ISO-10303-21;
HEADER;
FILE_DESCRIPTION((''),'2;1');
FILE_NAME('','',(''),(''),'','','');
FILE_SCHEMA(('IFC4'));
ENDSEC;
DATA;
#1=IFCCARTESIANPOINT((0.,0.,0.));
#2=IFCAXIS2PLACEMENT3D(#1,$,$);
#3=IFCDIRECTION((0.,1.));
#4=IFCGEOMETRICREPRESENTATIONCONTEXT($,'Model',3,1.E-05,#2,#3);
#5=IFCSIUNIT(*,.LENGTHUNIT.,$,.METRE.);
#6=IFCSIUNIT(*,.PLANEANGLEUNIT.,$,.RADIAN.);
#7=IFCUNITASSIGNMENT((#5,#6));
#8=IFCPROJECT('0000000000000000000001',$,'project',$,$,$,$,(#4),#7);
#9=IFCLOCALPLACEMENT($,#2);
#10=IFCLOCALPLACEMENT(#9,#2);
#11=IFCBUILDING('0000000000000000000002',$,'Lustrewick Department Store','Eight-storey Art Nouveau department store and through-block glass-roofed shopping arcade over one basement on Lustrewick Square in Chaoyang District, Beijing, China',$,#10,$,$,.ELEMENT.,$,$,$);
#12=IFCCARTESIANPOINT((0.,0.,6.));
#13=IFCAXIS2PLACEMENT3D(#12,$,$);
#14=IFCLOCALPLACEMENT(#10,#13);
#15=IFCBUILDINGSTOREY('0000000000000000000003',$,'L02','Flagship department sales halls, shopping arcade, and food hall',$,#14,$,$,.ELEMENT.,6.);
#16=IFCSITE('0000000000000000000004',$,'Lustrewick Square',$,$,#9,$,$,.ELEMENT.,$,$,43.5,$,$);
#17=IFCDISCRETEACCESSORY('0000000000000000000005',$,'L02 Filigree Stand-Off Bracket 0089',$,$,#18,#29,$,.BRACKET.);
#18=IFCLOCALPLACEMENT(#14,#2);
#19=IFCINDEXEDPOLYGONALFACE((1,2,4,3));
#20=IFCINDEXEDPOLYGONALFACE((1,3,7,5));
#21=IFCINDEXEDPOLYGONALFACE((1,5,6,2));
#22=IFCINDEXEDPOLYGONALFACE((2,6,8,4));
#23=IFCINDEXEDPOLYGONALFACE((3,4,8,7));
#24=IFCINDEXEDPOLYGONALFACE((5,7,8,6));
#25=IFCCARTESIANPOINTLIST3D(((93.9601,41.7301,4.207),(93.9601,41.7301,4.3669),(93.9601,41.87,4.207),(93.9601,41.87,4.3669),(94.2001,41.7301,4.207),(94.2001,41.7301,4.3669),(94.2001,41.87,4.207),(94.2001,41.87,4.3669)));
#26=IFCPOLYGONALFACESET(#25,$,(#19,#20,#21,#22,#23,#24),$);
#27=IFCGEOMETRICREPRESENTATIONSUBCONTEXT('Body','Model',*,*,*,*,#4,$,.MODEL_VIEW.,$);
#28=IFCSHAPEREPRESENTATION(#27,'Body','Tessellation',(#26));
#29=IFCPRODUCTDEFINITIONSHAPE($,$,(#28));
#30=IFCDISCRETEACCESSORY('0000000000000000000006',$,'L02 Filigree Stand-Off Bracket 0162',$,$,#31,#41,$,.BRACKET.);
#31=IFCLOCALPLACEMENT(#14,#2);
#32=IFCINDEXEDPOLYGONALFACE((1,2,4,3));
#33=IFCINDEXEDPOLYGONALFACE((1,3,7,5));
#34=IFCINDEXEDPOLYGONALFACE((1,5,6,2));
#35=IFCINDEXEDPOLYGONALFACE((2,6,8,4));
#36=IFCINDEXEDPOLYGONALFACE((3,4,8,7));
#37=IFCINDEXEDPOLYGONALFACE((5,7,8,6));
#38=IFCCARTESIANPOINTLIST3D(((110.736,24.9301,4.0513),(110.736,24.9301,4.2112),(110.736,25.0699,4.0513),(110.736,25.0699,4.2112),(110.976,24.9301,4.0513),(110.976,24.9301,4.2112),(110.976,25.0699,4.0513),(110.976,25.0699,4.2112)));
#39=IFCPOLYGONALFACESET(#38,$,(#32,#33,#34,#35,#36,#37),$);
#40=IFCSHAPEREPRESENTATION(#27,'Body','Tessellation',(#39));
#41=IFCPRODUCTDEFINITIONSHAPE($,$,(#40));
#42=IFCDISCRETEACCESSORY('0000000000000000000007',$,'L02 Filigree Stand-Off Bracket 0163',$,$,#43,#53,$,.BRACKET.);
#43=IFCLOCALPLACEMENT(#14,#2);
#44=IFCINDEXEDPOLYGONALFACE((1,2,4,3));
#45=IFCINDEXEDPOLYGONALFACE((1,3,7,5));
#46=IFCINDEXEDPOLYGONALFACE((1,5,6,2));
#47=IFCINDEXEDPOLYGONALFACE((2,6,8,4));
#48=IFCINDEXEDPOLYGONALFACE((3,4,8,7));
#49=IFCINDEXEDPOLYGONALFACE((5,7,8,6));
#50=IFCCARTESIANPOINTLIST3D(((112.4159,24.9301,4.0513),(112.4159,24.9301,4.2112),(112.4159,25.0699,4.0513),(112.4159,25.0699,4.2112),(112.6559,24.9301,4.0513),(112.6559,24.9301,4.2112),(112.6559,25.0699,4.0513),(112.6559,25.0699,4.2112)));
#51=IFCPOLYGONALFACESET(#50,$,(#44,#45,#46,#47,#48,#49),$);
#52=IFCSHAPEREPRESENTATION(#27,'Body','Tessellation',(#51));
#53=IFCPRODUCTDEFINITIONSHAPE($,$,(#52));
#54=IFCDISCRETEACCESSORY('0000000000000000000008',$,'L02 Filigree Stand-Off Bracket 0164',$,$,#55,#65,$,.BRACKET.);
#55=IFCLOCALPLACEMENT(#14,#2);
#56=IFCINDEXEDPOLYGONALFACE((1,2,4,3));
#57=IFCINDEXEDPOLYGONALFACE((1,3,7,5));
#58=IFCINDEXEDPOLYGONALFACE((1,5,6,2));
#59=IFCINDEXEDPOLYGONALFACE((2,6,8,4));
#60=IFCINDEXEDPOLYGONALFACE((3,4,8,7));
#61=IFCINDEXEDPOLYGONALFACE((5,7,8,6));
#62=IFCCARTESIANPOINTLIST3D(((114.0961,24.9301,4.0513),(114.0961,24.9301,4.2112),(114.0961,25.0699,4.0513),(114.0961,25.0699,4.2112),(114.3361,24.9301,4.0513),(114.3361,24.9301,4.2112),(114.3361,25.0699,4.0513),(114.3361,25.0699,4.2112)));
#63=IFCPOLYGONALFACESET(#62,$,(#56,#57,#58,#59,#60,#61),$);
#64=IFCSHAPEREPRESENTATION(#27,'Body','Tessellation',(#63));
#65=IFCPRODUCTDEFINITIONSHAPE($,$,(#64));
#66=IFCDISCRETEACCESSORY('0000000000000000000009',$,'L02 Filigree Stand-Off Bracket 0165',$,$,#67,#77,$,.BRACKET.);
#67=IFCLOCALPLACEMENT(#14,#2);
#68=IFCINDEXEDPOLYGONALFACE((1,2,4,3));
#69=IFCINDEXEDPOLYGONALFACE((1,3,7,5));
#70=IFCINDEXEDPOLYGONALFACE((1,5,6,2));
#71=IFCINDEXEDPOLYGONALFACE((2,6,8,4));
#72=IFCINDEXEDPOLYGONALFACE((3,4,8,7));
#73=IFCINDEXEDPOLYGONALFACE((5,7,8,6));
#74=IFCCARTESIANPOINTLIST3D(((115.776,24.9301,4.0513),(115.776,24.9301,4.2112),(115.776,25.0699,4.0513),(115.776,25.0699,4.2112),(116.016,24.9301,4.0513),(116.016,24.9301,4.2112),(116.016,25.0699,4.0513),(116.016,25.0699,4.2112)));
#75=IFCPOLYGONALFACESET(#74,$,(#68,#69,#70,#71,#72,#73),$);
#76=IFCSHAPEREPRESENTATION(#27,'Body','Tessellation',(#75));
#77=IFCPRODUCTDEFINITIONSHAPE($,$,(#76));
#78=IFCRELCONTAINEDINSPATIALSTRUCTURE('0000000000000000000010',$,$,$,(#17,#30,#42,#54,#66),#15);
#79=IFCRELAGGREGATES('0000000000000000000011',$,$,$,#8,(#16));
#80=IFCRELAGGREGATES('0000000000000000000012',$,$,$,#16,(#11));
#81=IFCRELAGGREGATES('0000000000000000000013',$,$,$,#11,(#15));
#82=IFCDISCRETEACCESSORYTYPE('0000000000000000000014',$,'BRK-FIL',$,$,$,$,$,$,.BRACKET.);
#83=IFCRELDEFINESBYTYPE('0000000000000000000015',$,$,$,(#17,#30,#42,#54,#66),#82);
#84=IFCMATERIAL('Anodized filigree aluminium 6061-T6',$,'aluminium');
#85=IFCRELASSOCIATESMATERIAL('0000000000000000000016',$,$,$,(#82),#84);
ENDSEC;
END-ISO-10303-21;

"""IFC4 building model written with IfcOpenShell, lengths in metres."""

from ifc_helpers import new_model, si_unit, direction, frame, origin, origin_2d, place, context, subcontext, project, spatial, rectangle, extrude, material, type_object, element, save


model = new_model("IFC4")

# Units and contexts
model_context = context("Model", 3, precision=1e-05, world=origin(), true_north=direction((0.0, 1.0)))
body_context = subcontext(model_context, "Body", "Model", "MODEL_VIEW")
ifc_project = project(units=[si_unit("LENGTHUNIT", "METRE"), si_unit("PLANEANGLEUNIT", "RADIAN")], contexts=[model_context])

# Site, building, storey
site_placement = place(None, origin())
site = spatial("IfcSite", under=ifc_project, at=site_placement, Name="Lustrewick Square", CompositionType="ELEMENT", RefElevation=43.5)
building_placement = place(site_placement, origin())
building = spatial("IfcBuilding", under=site, at=building_placement, Name="Lustrewick Department Store", Description="Eight-storey Art Nouveau department store and through-block glass-roofed shopping arcade over one basement on Lustrewick Square in Chaoyang District, Beijing, China", CompositionType="ELEMENT")
storey_placement = place(building_placement, frame((0.0, 0.0, 6.0)))
storey = spatial("IfcBuildingStorey", under=building, at=storey_placement, Name="L02", Description="Flagship department sales halls, shopping arcade, and food hall", CompositionType="ELEMENT", Elevation=6.0)

# Discrete accessories
ifc_material_1 = material(Name="Anodized filigree aluminium 6061-T6", Category="aluminium")
discrete_accessory_type = type_object("IfcDiscreteAccessoryType", Name="BRK-FIL", PredefinedType="BRACKET", material=ifc_material_1)
for number, where, z_axis, x_axis, name in (
    (1, (94.0801, 41.8, 4.207), (0.0, 0.0, 1.0), (1.0, 0.0, 0.0), "L02 Filigree Stand-Off Bracket 0089"),
    (2, (110.856, 25.0, 4.0513), (0.0, 0.0, 1.0), (1.0, 0.0, 0.0), "L02 Filigree Stand-Off Bracket 0162"),
    (3, (112.5359, 25.0, 4.0513), (0.0, 0.0, 1.0), (1.0, 0.0, 0.0), "L02 Filigree Stand-Off Bracket 0163"),
    (4, (114.2161, 25.0, 4.0513), (0.0, 0.0, 1.0), (1.0, 0.0, 0.0), "L02 Filigree Stand-Off Bracket 0164"),
    (5, (115.896, 25.0, 4.0513), (0.0, 0.0, 1.0), (1.0, 0.0, 0.0), "L02 Filigree Stand-Off Bracket 0165"),
):
    element("IfcDiscreteAccessory", number, at=place(storey_placement, frame(where, z_axis=z_axis, x_axis=x_axis)), inside=storey, type_object=discrete_accessory_type, Name=name, PredefinedType="BRACKET", context=body_context, shape_type="SweptSolid", body=[
        extrude(rectangle(XDim=0.24, YDim=0.1399, at=origin_2d()), origin(), (0.0, 0.0, 1.0), 0.1599),
    ])

save(model, "model.ifc")
